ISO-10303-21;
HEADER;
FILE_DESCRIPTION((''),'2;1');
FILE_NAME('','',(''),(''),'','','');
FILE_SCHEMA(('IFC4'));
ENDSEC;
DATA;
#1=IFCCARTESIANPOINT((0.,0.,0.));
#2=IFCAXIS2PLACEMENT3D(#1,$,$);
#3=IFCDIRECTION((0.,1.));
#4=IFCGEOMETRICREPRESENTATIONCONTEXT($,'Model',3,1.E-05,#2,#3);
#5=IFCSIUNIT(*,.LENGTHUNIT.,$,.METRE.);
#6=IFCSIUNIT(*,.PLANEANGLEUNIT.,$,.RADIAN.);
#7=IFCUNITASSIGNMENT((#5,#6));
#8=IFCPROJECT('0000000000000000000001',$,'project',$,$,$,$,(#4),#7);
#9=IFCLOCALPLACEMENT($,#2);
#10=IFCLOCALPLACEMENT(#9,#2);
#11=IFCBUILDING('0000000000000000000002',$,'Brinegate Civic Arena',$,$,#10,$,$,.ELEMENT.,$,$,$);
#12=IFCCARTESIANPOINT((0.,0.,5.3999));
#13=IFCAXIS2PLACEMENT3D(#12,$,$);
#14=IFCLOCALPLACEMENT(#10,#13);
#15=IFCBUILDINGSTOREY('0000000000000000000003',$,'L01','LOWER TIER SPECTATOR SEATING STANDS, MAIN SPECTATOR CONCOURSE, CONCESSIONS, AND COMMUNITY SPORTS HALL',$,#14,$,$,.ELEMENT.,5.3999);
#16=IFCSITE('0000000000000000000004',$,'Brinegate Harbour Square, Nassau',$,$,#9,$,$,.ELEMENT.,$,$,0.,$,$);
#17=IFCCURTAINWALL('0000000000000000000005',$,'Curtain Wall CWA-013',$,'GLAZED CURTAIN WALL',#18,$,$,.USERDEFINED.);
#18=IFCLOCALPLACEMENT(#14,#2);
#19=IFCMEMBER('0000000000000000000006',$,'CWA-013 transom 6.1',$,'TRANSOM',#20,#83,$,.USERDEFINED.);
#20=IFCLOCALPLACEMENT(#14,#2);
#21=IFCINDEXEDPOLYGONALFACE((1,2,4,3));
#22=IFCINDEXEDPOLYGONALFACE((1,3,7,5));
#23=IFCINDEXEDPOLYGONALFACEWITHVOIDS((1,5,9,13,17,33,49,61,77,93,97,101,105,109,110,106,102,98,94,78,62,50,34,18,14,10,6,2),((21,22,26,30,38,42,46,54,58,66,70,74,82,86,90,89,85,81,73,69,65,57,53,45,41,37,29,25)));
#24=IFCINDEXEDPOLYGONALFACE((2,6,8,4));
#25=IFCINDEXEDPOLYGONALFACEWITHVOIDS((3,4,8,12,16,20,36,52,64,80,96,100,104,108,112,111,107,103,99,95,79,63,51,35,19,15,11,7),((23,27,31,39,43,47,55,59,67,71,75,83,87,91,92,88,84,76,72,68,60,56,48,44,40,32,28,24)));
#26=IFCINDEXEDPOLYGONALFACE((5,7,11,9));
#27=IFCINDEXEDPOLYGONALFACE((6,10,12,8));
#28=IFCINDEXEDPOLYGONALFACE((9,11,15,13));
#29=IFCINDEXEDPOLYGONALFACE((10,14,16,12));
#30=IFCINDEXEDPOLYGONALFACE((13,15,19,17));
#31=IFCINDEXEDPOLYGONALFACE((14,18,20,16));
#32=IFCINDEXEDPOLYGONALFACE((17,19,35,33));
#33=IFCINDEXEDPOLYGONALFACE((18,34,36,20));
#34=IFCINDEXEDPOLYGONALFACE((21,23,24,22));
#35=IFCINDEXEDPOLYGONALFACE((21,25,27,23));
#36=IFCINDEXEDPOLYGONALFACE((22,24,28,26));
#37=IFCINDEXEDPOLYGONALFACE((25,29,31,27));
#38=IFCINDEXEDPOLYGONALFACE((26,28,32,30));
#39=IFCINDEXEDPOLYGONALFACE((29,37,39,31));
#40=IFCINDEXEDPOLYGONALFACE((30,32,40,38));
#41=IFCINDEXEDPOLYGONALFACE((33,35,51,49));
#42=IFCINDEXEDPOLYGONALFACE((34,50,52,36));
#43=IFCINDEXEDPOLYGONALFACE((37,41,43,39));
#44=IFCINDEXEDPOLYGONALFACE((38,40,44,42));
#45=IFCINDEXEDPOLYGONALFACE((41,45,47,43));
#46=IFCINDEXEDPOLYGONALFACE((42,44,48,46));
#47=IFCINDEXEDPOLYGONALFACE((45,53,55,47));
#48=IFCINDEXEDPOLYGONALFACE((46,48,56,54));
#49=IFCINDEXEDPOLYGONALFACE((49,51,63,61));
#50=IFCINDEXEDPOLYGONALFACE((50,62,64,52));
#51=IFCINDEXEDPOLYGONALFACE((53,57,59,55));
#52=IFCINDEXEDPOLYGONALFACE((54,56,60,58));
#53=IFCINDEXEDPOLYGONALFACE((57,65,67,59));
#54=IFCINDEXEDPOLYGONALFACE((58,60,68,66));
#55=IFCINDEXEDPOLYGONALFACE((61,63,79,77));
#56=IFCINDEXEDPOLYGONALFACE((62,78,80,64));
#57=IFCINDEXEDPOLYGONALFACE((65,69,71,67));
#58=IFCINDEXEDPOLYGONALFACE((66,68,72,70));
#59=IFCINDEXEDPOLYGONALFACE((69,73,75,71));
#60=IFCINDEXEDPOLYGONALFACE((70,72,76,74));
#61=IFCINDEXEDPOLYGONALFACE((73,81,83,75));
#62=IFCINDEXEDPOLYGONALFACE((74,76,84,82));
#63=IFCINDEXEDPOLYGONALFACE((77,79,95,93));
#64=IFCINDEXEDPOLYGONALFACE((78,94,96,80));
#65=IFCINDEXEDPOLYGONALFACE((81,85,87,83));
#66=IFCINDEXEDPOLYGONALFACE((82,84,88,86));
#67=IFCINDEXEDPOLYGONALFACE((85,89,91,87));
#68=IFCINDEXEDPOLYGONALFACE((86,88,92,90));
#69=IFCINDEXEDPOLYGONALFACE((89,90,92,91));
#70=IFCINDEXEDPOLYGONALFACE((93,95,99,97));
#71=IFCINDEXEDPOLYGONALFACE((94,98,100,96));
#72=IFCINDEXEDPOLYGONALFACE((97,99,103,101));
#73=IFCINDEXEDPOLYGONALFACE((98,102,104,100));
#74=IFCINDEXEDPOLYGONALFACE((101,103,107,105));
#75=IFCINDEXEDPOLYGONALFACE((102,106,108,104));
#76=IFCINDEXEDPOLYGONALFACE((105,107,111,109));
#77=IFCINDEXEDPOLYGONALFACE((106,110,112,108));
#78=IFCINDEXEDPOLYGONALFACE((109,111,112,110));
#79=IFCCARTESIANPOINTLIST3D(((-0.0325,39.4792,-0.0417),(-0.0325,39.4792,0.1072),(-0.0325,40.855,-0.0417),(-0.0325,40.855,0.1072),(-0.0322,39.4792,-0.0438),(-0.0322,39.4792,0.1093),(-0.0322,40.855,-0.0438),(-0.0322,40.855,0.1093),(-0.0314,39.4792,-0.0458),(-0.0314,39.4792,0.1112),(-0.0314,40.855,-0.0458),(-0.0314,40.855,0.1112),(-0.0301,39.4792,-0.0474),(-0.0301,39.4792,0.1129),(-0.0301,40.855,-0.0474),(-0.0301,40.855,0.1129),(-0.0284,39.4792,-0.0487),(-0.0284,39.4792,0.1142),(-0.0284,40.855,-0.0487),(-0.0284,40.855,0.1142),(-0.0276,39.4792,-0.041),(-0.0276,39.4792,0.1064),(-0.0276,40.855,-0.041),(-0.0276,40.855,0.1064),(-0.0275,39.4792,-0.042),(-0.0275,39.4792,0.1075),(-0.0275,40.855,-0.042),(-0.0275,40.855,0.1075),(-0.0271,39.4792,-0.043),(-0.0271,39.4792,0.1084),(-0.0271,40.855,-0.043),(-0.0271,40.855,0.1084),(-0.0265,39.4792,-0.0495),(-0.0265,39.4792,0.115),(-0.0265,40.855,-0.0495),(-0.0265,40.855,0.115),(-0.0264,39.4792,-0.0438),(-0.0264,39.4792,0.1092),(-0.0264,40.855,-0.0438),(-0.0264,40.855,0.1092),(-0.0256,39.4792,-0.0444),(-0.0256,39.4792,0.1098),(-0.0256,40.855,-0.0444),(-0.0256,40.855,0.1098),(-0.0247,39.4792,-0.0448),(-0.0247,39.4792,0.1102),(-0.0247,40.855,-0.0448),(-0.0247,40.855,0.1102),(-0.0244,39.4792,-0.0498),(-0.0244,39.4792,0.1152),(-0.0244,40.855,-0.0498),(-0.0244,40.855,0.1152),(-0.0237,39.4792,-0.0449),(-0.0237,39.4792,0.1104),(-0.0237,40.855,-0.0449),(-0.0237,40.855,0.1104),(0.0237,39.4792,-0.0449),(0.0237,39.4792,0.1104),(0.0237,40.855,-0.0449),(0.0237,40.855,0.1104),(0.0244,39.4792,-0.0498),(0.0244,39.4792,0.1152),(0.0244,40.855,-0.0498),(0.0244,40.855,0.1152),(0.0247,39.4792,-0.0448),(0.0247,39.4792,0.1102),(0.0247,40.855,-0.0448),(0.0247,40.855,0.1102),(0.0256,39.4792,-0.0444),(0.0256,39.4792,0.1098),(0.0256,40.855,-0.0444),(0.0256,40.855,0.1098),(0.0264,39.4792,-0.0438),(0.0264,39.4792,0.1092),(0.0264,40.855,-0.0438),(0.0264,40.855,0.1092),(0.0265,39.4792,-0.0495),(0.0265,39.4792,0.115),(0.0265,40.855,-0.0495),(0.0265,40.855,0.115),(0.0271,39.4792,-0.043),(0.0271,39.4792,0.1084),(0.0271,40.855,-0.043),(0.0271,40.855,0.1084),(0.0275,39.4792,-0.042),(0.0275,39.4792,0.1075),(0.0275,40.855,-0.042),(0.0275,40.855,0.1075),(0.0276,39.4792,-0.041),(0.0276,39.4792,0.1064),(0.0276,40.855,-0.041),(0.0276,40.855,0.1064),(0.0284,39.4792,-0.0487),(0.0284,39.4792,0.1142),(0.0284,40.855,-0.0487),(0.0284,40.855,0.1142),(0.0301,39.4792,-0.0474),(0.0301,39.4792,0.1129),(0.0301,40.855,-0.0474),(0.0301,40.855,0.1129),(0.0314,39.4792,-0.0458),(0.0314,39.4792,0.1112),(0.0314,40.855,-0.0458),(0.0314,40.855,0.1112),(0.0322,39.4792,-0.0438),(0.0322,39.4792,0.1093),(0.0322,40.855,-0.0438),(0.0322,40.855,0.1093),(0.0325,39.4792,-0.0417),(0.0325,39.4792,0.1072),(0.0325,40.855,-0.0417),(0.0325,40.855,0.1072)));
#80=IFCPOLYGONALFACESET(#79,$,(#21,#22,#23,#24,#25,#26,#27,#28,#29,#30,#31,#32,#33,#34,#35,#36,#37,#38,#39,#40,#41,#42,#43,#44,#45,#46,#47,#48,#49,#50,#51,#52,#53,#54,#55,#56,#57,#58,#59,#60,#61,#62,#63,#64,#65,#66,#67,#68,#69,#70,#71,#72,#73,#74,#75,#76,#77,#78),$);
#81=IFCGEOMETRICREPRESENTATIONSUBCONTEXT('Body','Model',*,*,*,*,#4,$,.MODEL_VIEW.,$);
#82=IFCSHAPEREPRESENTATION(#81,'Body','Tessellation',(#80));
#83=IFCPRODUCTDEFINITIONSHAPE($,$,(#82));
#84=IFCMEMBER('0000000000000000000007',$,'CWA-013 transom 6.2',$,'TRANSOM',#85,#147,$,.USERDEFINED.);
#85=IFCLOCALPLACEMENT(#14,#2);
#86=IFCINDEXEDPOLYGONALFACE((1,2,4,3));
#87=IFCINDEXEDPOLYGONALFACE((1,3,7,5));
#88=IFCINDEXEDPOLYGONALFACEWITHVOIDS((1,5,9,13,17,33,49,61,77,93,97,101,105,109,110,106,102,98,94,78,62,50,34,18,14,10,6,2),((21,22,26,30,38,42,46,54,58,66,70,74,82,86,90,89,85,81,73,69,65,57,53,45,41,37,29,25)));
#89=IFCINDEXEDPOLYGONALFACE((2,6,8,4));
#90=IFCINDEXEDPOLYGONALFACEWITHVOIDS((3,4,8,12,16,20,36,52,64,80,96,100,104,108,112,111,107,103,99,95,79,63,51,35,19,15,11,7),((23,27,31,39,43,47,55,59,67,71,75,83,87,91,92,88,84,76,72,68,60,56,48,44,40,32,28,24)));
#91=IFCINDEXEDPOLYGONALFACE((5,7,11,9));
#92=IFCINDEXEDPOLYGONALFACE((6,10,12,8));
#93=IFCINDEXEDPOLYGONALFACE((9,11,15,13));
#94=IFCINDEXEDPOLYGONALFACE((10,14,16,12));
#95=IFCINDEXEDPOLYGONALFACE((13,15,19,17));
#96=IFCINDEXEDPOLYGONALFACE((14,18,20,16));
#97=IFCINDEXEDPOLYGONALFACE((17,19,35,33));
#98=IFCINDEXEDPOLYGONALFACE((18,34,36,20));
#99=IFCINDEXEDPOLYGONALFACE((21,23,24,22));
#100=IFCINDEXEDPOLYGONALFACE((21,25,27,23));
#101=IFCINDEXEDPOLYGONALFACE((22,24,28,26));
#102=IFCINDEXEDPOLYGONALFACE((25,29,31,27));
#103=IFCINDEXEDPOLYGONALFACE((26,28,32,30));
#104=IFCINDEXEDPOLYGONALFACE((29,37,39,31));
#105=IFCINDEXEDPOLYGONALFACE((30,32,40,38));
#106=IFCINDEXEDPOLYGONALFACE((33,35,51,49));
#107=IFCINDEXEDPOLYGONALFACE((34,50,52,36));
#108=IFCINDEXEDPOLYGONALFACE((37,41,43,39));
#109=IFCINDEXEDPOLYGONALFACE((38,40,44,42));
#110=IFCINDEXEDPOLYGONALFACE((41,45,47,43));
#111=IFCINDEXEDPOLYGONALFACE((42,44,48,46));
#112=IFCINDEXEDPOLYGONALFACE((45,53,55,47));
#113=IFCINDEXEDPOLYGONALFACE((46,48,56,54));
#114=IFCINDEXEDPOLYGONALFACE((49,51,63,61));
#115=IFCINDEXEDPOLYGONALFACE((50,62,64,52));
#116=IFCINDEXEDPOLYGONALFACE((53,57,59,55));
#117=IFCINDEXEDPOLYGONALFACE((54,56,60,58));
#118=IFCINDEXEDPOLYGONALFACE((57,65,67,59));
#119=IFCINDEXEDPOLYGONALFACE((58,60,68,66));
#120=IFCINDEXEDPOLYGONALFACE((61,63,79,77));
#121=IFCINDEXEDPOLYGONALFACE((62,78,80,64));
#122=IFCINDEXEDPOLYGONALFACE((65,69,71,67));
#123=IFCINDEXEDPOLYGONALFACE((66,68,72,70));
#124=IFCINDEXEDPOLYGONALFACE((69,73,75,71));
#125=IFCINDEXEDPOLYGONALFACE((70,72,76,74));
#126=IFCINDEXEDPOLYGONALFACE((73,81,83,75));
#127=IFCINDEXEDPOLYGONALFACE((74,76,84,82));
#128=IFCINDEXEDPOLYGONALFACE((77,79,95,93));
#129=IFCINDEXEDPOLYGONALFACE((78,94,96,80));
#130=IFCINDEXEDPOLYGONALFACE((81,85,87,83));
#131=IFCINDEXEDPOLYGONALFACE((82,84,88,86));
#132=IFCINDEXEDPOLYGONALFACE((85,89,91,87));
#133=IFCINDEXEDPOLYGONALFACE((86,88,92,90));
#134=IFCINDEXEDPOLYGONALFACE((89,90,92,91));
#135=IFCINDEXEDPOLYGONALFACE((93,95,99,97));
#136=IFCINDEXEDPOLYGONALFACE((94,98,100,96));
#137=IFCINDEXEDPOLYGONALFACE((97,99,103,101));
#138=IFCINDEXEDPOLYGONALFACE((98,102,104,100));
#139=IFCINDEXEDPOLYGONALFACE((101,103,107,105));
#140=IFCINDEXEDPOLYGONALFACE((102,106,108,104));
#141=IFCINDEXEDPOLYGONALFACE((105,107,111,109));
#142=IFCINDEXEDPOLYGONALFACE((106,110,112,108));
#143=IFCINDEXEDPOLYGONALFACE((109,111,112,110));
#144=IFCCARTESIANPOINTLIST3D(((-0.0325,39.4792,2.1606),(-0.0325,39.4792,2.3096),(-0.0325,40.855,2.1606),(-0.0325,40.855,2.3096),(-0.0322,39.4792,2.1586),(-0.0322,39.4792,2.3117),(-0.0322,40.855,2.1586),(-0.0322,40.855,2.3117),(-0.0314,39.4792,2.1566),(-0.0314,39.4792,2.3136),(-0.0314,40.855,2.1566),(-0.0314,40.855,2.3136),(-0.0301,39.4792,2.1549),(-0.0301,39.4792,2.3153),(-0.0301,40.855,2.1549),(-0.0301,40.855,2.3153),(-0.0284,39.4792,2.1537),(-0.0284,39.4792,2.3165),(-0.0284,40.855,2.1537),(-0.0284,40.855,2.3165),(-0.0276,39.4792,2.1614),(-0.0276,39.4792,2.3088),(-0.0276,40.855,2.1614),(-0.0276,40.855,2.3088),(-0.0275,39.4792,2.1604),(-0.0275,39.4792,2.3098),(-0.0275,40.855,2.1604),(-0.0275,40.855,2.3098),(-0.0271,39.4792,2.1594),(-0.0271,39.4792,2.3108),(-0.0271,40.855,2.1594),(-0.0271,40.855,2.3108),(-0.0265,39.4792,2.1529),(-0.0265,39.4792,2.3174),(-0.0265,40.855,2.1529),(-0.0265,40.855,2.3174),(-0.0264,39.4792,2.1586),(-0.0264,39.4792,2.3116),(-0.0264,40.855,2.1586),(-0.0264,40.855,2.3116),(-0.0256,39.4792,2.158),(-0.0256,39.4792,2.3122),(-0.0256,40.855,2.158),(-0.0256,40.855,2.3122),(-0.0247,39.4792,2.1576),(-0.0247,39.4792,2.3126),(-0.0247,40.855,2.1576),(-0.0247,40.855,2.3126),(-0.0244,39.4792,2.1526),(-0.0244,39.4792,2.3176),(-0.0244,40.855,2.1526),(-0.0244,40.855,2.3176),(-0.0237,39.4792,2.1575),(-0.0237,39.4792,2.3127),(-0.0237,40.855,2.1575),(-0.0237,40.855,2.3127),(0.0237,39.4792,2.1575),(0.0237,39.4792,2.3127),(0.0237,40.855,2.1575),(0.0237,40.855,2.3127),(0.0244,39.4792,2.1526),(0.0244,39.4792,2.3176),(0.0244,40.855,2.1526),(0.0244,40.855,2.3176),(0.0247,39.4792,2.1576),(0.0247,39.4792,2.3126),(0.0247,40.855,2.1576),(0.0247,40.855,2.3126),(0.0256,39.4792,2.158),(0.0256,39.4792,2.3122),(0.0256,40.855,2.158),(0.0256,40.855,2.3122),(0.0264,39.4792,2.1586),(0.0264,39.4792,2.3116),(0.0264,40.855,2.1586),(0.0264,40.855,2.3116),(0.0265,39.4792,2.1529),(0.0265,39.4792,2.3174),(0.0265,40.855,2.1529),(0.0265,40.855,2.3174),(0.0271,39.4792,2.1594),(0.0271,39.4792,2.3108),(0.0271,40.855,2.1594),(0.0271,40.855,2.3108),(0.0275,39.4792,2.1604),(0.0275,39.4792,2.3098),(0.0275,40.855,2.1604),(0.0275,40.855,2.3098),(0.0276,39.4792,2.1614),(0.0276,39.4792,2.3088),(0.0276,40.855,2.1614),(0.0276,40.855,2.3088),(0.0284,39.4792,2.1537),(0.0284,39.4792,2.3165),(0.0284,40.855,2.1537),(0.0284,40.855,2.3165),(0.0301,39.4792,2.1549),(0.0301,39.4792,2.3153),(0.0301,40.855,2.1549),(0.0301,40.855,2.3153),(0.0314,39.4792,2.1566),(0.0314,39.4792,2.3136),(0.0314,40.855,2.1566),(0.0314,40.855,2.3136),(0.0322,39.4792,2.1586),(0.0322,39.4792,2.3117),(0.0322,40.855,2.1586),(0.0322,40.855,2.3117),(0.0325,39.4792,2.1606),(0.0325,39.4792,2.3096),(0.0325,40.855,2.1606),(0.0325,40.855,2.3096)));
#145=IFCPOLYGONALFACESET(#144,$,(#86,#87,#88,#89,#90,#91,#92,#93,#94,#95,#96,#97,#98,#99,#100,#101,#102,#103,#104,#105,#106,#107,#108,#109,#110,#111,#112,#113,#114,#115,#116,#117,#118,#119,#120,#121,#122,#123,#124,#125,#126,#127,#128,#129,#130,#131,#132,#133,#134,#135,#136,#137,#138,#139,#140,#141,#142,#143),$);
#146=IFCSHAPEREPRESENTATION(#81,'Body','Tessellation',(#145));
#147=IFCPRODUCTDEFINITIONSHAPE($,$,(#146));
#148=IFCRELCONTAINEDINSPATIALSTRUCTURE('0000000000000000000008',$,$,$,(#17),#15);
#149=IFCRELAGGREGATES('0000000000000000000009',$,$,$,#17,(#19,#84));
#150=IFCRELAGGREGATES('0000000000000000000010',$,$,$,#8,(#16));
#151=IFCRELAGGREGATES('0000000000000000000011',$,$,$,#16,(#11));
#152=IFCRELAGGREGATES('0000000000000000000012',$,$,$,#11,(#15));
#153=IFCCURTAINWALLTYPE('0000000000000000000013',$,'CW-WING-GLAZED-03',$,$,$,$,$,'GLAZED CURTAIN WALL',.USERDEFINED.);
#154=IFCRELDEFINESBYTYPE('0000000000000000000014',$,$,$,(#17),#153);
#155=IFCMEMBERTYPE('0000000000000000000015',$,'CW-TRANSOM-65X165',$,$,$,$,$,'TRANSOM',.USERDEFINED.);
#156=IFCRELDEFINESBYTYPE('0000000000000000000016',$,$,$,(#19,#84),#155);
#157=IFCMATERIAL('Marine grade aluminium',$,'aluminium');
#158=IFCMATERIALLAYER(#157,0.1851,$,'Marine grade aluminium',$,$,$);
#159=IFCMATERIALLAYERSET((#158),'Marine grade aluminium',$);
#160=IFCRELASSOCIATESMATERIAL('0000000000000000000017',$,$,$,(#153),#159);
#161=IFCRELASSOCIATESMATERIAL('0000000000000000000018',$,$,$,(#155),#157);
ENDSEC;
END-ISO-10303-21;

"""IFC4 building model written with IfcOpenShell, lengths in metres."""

from ifc_helpers import new_model, si_unit, direction, frame, origin, origin_2d, place, context, subcontext, project, spatial, hollow_rectangle, extrude, material, layer, layer_set, material_profile, profile_set, type_object, element, aggregate, save


model = new_model("IFC4")

# Units and contexts
model_context = context("Model", 3, precision=1e-05, world=origin(), true_north=direction((0.0, 1.0)))
body_context = subcontext(model_context, "Body", "Model", "MODEL_VIEW")
ifc_project = project(units=[si_unit("LENGTHUNIT", "METRE"), si_unit("PLANEANGLEUNIT", "RADIAN")], contexts=[model_context])

# Site, building, storey
site_placement = place(None, origin())
site = spatial("IfcSite", under=ifc_project, at=site_placement, Name="Brinegate Harbour Square, Nassau", CompositionType="ELEMENT", RefElevation=0.0)
building_placement = place(site_placement, origin())
building = spatial("IfcBuilding", under=site, at=building_placement, Name="Brinegate Civic Arena", CompositionType="ELEMENT")
storey_placement = place(building_placement, frame((0.0, 0.0, 5.3999)))
storey = spatial("IfcBuildingStorey", under=building, at=storey_placement, Name="L01", Description="LOWER TIER SPECTATOR SEATING STANDS, MAIN SPECTATOR CONCOURSE, CONCESSIONS, AND COMMUNITY SPORTS HALL", CompositionType="ELEMENT", Elevation=5.3999)

# Curtain wall, members
ifc_material_1 = material(Name="Marine grade aluminium", Category="aluminium")
ifc_layer_1 = layer(ifc_material_1, 0.1851, Name="Marine grade aluminium")
ifc_layer_set_1 = layer_set([ifc_layer_1], Name="Marine grade aluminium")
curtain_wall_type = type_object("IfcCurtainWallType", Name="CW-WING-GLAZED-03", ElementType="GLAZED CURTAIN WALL", PredefinedType="USERDEFINED", material=ifc_layer_set_1)
curtain_wall_placement = place(storey_placement, origin())
curtain_wall = element("IfcCurtainWall", 1, at=curtain_wall_placement, inside=storey, type_object=curtain_wall_type, Name="Curtain Wall CWA-013", ObjectType="GLAZED CURTAIN WALL", PredefinedType="USERDEFINED")
ifc_material_profile_1 = material_profile(ifc_material_1, hollow_rectangle(XDim=0.0649, YDim=0.165, WallThickness=0.0049, InnerFilletRadius=0.0039, OuterFilletRadius=0.0081, at=origin_2d()), Name="TRN65X165")
ifc_profile_set_1 = profile_set([ifc_material_profile_1], Name="Marine grade aluminium")
member_type_1 = type_object("IfcMemberType", Name="CW-TRANSOM-65X165", ElementType="TRANSOM", PredefinedType="USERDEFINED", material=ifc_profile_set_1)
member_1_placement = place(storey_placement, frame((0.0, 39.4792, 0.0327), z_axis=(0.0, 1.0, 0.0), x_axis=(-1.0, 0.0, 0.0)))
member_1 = element("IfcMember", 2, at=member_1_placement, type_object=member_type_1, Name="CWA-013 transom 6.1", ObjectType="TRANSOM", PredefinedType="USERDEFINED", context=body_context, shape_type="SweptSolid", body=[
    extrude(hollow_rectangle(XDim=0.0649, YDim=0.165, WallThickness=0.0049, InnerFilletRadius=0.0039, OuterFilletRadius=0.0081, at=origin_2d()), origin(), (0.0, 0.0, 1.0), 1.3757),
])
member_2_placement = place(storey_placement, frame((0.0, 39.4792, 2.2351), z_axis=(0.0, 1.0, 0.0), x_axis=(-1.0, 0.0, 0.0)))
member_2 = element("IfcMember", 3, at=member_2_placement, type_object=member_type_1, Name="CWA-013 transom 6.2", ObjectType="TRANSOM", PredefinedType="USERDEFINED", context=body_context, shape_type="SweptSolid", body=[
    extrude(hollow_rectangle(XDim=0.0649, YDim=0.165, WallThickness=0.0049, InnerFilletRadius=0.0039, OuterFilletRadius=0.0081, at=origin_2d()), origin(), (0.0, 0.0, 1.0), 1.3757),
])

aggregate(curtain_wall, [member_1, member_2])

save(model, "model.ifc")
